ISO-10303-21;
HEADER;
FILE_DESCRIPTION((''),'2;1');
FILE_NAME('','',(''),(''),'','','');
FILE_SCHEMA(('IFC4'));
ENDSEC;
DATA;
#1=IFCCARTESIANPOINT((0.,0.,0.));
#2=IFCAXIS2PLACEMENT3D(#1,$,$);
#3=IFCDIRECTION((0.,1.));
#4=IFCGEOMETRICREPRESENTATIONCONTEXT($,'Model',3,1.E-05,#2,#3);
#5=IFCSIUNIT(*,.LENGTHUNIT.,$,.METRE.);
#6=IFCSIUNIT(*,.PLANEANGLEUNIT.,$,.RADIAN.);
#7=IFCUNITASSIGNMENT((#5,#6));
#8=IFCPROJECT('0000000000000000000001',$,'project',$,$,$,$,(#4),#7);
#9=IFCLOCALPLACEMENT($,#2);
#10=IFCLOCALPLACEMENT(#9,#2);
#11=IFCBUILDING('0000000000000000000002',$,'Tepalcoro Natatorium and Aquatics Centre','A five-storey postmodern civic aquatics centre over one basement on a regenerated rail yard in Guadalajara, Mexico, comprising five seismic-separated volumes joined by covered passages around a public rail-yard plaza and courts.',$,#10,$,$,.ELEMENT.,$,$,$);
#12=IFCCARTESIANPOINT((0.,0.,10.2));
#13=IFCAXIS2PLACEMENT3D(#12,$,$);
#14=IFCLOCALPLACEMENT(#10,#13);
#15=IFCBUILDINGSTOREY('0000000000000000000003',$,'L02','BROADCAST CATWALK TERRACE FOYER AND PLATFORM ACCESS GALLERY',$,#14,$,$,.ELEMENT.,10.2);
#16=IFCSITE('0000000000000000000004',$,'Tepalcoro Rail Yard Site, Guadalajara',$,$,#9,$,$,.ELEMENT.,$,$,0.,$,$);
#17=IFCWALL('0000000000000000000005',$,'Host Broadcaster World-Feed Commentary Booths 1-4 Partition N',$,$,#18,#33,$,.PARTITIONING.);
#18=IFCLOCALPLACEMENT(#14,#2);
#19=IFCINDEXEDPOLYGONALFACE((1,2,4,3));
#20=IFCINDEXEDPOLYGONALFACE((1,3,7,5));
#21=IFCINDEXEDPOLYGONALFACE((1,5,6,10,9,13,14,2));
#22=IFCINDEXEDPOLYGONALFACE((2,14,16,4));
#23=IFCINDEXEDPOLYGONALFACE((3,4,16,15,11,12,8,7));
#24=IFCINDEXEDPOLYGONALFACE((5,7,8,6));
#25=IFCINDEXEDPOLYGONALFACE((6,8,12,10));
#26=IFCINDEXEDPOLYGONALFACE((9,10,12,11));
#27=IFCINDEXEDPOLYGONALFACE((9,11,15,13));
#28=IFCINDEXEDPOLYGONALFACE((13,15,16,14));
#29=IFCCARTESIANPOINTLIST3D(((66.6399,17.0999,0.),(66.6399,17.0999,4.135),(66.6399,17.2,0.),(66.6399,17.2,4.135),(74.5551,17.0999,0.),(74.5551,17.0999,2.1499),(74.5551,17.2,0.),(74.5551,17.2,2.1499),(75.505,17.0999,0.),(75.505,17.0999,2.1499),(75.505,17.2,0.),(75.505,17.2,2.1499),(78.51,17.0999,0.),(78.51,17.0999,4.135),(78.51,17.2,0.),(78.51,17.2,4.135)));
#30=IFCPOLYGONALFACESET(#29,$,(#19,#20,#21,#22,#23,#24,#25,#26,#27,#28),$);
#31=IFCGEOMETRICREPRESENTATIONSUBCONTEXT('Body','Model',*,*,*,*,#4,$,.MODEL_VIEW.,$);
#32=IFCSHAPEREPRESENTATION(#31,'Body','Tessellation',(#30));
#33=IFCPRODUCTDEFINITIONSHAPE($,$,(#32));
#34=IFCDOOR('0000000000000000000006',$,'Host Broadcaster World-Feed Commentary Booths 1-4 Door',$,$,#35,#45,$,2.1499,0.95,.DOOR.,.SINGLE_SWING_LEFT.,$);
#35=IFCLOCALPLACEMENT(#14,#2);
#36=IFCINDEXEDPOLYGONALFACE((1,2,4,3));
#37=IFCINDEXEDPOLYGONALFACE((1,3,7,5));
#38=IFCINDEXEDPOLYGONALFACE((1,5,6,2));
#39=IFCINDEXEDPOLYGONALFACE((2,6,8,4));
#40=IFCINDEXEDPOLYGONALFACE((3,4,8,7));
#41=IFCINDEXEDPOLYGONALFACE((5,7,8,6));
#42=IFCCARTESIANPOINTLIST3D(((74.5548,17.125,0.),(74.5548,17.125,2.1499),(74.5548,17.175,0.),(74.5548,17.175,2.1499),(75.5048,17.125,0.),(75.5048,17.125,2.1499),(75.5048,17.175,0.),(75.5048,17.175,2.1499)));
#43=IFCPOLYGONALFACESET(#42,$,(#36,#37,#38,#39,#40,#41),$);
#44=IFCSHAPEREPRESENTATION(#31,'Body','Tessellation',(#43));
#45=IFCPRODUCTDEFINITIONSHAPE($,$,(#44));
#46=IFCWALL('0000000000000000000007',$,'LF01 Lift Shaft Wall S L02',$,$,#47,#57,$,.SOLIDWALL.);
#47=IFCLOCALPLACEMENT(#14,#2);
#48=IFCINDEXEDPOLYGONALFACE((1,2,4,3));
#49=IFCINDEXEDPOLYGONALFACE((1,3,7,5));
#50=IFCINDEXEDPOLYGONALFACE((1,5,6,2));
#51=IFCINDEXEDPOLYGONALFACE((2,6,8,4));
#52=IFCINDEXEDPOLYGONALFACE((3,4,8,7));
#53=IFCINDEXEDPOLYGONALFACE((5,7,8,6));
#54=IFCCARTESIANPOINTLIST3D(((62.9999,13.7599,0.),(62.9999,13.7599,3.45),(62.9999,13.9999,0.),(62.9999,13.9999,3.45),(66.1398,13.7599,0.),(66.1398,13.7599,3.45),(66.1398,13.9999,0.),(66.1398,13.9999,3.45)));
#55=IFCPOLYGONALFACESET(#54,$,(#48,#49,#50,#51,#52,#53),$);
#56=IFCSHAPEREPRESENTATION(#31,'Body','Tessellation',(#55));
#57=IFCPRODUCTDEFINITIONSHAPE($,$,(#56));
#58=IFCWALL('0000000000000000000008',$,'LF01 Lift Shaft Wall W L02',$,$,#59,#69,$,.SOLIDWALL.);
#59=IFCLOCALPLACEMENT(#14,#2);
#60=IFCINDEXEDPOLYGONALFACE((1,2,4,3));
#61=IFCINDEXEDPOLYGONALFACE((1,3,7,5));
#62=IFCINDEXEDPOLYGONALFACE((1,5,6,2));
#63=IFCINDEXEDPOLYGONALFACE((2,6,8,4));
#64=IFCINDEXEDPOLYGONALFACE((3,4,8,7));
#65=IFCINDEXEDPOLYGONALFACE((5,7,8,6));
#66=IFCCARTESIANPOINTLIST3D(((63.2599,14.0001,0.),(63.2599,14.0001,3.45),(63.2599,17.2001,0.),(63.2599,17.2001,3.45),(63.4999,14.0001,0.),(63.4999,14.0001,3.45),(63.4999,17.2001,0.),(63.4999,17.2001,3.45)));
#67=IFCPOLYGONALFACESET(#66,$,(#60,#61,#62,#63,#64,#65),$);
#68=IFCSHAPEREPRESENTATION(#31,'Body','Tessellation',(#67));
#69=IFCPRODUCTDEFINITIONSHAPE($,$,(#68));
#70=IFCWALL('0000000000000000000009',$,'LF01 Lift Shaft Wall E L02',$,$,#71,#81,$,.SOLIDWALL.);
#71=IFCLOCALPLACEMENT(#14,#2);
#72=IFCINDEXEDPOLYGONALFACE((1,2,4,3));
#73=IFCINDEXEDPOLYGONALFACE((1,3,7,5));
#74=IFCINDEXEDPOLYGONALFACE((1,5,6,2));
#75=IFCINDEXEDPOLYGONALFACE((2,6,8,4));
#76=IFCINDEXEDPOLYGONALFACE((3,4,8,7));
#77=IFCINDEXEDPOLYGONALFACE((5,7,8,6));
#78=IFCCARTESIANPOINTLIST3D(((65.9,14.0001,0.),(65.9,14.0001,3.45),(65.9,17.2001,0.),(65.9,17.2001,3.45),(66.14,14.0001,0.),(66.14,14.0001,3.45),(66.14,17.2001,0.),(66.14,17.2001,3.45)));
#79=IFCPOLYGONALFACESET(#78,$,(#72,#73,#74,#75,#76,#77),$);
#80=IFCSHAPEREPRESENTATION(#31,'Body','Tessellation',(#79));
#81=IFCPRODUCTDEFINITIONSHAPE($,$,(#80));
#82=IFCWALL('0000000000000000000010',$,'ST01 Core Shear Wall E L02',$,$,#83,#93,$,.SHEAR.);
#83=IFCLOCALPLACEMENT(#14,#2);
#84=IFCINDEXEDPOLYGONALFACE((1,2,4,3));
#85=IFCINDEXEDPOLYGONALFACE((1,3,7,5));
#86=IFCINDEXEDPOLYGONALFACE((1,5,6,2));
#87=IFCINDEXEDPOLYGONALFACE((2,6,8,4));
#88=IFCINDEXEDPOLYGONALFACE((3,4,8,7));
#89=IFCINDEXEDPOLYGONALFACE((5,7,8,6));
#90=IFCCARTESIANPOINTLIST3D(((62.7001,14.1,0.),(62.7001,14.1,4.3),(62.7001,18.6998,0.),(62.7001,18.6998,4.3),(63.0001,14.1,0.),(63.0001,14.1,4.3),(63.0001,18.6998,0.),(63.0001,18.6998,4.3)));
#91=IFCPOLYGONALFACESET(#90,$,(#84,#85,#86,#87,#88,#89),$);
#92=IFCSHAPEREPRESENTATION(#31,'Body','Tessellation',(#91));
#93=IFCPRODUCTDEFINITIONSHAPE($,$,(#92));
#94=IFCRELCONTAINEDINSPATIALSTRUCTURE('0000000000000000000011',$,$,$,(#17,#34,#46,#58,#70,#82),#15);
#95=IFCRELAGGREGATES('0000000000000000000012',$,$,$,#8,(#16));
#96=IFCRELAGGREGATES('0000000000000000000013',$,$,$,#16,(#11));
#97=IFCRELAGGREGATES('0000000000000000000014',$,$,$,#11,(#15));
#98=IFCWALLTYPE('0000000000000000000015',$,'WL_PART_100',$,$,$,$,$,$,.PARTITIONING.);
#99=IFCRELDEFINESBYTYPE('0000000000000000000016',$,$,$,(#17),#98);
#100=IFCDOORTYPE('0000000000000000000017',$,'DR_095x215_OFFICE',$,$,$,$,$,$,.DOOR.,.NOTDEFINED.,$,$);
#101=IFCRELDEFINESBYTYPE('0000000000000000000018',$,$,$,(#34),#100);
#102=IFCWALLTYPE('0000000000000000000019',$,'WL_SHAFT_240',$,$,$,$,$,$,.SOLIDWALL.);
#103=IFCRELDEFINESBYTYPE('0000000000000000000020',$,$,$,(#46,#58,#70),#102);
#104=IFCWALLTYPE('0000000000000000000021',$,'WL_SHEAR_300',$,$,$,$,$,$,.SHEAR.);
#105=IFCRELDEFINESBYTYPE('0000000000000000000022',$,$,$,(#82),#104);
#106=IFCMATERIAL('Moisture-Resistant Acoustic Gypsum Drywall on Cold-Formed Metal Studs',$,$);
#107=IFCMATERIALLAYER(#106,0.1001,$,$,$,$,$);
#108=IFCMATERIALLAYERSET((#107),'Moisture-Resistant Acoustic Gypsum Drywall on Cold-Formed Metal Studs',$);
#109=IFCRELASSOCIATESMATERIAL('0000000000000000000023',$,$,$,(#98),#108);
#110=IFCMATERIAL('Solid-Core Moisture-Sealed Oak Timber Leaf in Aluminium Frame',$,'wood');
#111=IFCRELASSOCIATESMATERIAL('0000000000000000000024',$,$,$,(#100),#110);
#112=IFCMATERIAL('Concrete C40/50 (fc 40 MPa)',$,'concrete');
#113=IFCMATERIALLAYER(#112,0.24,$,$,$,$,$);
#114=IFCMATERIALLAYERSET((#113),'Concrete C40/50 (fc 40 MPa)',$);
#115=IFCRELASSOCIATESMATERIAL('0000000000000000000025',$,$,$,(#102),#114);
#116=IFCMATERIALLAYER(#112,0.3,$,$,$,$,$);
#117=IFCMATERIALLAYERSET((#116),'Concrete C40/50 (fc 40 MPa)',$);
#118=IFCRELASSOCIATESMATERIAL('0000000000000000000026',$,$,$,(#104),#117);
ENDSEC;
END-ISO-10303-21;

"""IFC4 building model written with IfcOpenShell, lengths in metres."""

from ifc_helpers import new_model, si_unit, direction, frame, frame_2d, origin, place, context, subcontext, project, spatial, rectangle, extrude, material, layer, layer_set, type_object, element, fill, save


model = new_model("IFC4")

# Units and contexts
model_context = context("Model", 3, precision=1e-05, world=origin(), true_north=direction((0.0, 1.0)))
body_context = subcontext(model_context, "Body", "Model", "MODEL_VIEW")
ifc_project = project(units=[si_unit("LENGTHUNIT", "METRE"), si_unit("PLANEANGLEUNIT", "RADIAN")], contexts=[model_context])

# Site, building, storey
site_placement = place(None, origin())
site = spatial("IfcSite", under=ifc_project, at=site_placement, Name="Tepalcoro Rail Yard Site, Guadalajara", CompositionType="ELEMENT", RefElevation=0.0)
building_placement = place(site_placement, origin())
building = spatial("IfcBuilding", under=site, at=building_placement, Name="Tepalcoro Natatorium and Aquatics Centre", Description="A five-storey postmodern civic aquatics centre over one basement on a regenerated rail yard in Guadalajara, Mexico, comprising five seismic-separated volumes joined by covered passages around a public rail-yard plaza and courts.", CompositionType="ELEMENT")
storey_placement = place(building_placement, frame((0.0, 0.0, 10.2)))
storey = spatial("IfcBuildingStorey", under=building, at=storey_placement, Name="L02", Description="BROADCAST CATWALK TERRACE FOYER AND PLATFORM ACCESS GALLERY", CompositionType="ELEMENT", Elevation=10.2)

# Wall, opening, door
ifc_material_1 = material(Name="Moisture-Resistant Acoustic Gypsum Drywall on Cold-Formed Metal Studs")
ifc_layer_1 = layer(ifc_material_1, 0.1001)
ifc_layer_set_1 = layer_set([ifc_layer_1], Name="Moisture-Resistant Acoustic Gypsum Drywall on Cold-Formed Metal Studs")
wall_type_1 = type_object("IfcWallType", Name="WL_PART_100", PredefinedType="PARTITIONING", material=ifc_layer_set_1)
wall_1_placement = place(storey_placement, frame((66.6399, 17.1499, 0.0), z_axis=(0.0, 0.0, 1.0), x_axis=(1.0, 0.0, 0.0)))
wall_1 = element("IfcWall", 1, at=wall_1_placement, inside=storey, type_object=wall_type_1, Name="Host Broadcaster World-Feed Commentary Booths 1-4 Partition N", PredefinedType="PARTITIONING", context=body_context, shape_type="SweptSolid", body=[
    extrude(rectangle(XDim=11.8701, YDim=0.1001, at=frame_2d((5.9351, 0.0))), origin(), (0.0, 0.0, 1.0), 4.135),
])
opening_1_placement = place(wall_1_placement, frame((7.915, 0.0, 0.0)))
opening_1 = element("IfcOpeningElement", 2, at=opening_1_placement, cuts=wall_1, PredefinedType="OPENING", context=body_context, shape_type="SweptSolid", body=[
    extrude(rectangle(XDim=0.95, YDim=2.1499, at=frame_2d((0.4751, 1.075))), frame((0.0, 0.062, 0.0), z_axis=(0.0, -1.0, 0.0), x_axis=(1.0, 0.0, 0.0)), (0.0, 0.0, 1.0), 0.124),
])
ifc_material_2 = material(Name="Solid-Core Moisture-Sealed Oak Timber Leaf in Aluminium Frame", Category="wood")
door_type_1 = type_object("IfcDoorType", Name="DR_095x215_OFFICE", OperationType="NOTDEFINED", PredefinedType="DOOR", material=ifc_material_2)
door_1_placement = place(opening_1_placement, frame((0.95, 0.0, 0.0), z_axis=(0.0, 0.0, 1.0), x_axis=(-1.0, 0.0, 0.0)))
door_1 = element("IfcDoor", 3, at=door_1_placement, inside=storey, type_object=door_type_1, Name="Host Broadcaster World-Feed Commentary Booths 1-4 Door", OperationType="SINGLE_SWING_LEFT", OverallHeight=2.1499, OverallWidth=0.95, PredefinedType="DOOR", context=body_context, shape_type="SweptSolid", body=[
    extrude(rectangle(XDim=0.95, YDim=2.1499, at=frame_2d((0.4751, 1.075))), frame((0.0, 0.0249, 0.0), z_axis=(0.0, -1.0, 0.0), x_axis=(1.0, 0.0, 0.0)), (0.0, 0.0, 1.0), 0.05),
])
fill(opening_1, door_1)

# Wall
ifc_material_3 = material(Name="Concrete C40/50 (fc 40 MPa)", Category="concrete")
ifc_layer_2 = layer(ifc_material_3, 0.24)
ifc_layer_set_2 = layer_set([ifc_layer_2], Name="Concrete C40/50 (fc 40 MPa)")
wall_type_2 = type_object("IfcWallType", Name="WL_SHAFT_240", PredefinedType="SOLIDWALL", material=ifc_layer_set_2)
wall_2_placement = place(storey_placement, frame((63.0, 13.8799, 0.0), z_axis=(0.0, 0.0, 1.0), x_axis=(1.0, 0.0, 0.0)))
element("IfcWall", 4, at=wall_2_placement, inside=storey, type_object=wall_type_2, Name="LF01 Lift Shaft Wall S L02", PredefinedType="SOLIDWALL", context=body_context, shape_type="SweptSolid", body=[
    extrude(rectangle(XDim=3.1399, YDim=0.24, at=frame_2d((1.5698, 0.0))), origin(), (0.0, 0.0, 1.0), 3.45),
])

# Walls
for number, where, z_axis, x_axis, name in (
    (5, (63.3799, 14.0, 0.0), (0.0, 0.0, 1.0), (0.0, 1.0, 0.0), "LF01 Lift Shaft Wall W L02"),
    (6, (66.02, 14.0, 0.0), (0.0, 0.0, 1.0), (0.0, 1.0, 0.0), "LF01 Lift Shaft Wall E L02"),
):
    element("IfcWall", number, at=place(storey_placement, frame(where, z_axis=z_axis, x_axis=x_axis)), inside=storey, type_object=wall_type_2, Name=name, PredefinedType="SOLIDWALL", context=body_context, shape_type="SweptSolid", body=[
        extrude(rectangle(XDim=3.2, YDim=0.24, at=frame_2d((1.6001, 0.0))), origin(), (0.0, 0.0, 1.0), 3.45),
    ])
ifc_layer_3 = layer(ifc_material_3, 0.3)
ifc_layer_set_3 = layer_set([ifc_layer_3], Name="Concrete C40/50 (fc 40 MPa)")
wall_type_3 = type_object("IfcWallType", Name="WL_SHEAR_300", PredefinedType="SHEAR", material=ifc_layer_set_3)
wall_3_placement = place(storey_placement, frame((62.8501, 14.1001, 0.0), z_axis=(0.0, 0.0, 1.0), x_axis=(0.0, 1.0, 0.0)))
element("IfcWall", 7, at=wall_3_placement, inside=storey, type_object=wall_type_3, Name="ST01 Core Shear Wall E L02", PredefinedType="SHEAR", context=body_context, shape_type="SweptSolid", body=[
    extrude(rectangle(XDim=4.5999, YDim=0.3, at=frame_2d((2.2998, 0.0))), origin(), (0.0, 0.0, 1.0), 4.3),
])

save(model, "model.ifc")
